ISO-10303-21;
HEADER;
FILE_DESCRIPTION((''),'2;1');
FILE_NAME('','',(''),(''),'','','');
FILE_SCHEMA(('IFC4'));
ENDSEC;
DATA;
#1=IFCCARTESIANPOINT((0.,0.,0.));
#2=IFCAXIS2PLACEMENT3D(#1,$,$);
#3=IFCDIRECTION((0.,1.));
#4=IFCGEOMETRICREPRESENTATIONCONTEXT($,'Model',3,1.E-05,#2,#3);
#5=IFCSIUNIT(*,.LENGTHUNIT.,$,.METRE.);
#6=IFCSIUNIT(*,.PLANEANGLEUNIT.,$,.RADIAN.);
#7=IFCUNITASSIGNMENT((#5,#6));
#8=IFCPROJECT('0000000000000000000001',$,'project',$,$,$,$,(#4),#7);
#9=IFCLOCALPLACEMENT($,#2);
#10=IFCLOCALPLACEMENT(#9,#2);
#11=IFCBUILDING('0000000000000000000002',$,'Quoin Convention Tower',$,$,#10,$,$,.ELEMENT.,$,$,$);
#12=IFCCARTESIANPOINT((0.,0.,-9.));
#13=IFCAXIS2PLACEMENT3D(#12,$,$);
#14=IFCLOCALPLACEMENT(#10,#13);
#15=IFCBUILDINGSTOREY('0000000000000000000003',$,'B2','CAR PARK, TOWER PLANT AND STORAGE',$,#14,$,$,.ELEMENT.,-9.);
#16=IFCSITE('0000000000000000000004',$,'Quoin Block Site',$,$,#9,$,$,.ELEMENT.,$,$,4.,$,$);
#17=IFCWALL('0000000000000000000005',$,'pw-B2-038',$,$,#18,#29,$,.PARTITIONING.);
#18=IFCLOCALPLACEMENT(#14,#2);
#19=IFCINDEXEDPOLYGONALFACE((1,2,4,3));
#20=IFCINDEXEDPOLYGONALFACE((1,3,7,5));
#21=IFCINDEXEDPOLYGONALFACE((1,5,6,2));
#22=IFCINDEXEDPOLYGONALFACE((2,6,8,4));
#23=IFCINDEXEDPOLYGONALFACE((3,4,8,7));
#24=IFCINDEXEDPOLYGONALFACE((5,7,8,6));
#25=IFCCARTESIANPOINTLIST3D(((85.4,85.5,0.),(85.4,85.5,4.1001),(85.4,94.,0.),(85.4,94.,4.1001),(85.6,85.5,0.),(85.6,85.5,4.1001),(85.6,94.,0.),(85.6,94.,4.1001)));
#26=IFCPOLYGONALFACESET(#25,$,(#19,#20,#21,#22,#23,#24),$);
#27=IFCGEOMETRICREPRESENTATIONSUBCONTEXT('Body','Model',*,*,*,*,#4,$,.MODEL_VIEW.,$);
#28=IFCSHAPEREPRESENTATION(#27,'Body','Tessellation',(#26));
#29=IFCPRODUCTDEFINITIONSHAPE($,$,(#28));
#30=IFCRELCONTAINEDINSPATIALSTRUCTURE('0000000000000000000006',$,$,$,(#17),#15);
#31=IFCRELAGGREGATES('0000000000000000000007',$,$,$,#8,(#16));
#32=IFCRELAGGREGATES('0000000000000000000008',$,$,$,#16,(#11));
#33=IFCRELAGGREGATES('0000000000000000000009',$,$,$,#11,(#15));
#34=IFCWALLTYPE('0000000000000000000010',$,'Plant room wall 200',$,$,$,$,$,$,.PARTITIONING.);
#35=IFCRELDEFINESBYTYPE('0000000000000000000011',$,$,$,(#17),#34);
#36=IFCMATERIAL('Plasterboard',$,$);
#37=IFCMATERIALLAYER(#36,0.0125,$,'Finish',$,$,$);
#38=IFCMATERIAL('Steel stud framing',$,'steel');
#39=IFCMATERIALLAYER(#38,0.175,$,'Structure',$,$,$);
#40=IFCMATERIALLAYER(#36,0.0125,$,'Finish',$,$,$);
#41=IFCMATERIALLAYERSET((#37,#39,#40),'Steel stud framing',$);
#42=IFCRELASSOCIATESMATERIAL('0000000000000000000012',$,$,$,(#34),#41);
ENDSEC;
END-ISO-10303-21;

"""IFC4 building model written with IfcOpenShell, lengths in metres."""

from ifc_helpers import new_model, si_unit, direction, frame, frame_2d, origin, place, context, subcontext, project, spatial, rectangle, extrude, material, layer, layer_set, type_object, element, save


model = new_model("IFC4")

# Units and contexts
model_context = context("Model", 3, precision=1e-05, world=origin(), true_north=direction((0.0, 1.0)))
body_context = subcontext(model_context, "Body", "Model", "MODEL_VIEW")
ifc_project = project(units=[si_unit("LENGTHUNIT", "METRE"), si_unit("PLANEANGLEUNIT", "RADIAN")], contexts=[model_context])

# Site, building, storey
site_placement = place(None, origin())
site = spatial("IfcSite", under=ifc_project, at=site_placement, Name="Quoin Block Site", CompositionType="ELEMENT", RefElevation=4.0)
building_placement = place(site_placement, origin())
building = spatial("IfcBuilding", under=site, at=building_placement, Name="Quoin Convention Tower", CompositionType="ELEMENT")
storey_placement = place(building_placement, frame((0.0, 0.0, -9.0)))
storey = spatial("IfcBuildingStorey", under=building, at=storey_placement, Name="B2", Description="CAR PARK, TOWER PLANT AND STORAGE", CompositionType="ELEMENT", Elevation=-9.0)

# Shared definitions
ifc_material_1 = material(Name="Plasterboard")
ifc_material_2 = material(Name="Steel stud framing", Category="steel")
ifc_layer_1 = layer(ifc_material_1, 0.0125, Name="Finish")
ifc_layer_2 = layer(ifc_material_2, 0.175, Name="Structure")
ifc_layer_3 = layer(ifc_material_1, 0.0125, Name="Finish")
ifc_layer_set_1 = layer_set([ifc_layer_1, ifc_layer_2, ifc_layer_3], Name="Steel stud framing")
wall_type_1 = type_object("IfcWallType", Name="Plant room wall 200", PredefinedType="PARTITIONING", material=ifc_layer_set_1)

# Wall
wall_1_placement = place(storey_placement, frame((85.5, 85.5, 0.0), z_axis=(0.0, 0.0, 1.0), x_axis=(0.0, 1.0, 0.0)))
element("IfcWall", 1, at=wall_1_placement, inside=storey, type_object=wall_type_1, Name="pw-B2-038", PredefinedType="PARTITIONING", context=body_context, shape_type="SweptSolid", body=[
    extrude(rectangle(XDim=8.5, YDim=0.2, at=frame_2d((4.25, 0.0))), origin(), (0.0, 0.0, 1.0), 4.1001),
])

save(model, "model.ifc")
